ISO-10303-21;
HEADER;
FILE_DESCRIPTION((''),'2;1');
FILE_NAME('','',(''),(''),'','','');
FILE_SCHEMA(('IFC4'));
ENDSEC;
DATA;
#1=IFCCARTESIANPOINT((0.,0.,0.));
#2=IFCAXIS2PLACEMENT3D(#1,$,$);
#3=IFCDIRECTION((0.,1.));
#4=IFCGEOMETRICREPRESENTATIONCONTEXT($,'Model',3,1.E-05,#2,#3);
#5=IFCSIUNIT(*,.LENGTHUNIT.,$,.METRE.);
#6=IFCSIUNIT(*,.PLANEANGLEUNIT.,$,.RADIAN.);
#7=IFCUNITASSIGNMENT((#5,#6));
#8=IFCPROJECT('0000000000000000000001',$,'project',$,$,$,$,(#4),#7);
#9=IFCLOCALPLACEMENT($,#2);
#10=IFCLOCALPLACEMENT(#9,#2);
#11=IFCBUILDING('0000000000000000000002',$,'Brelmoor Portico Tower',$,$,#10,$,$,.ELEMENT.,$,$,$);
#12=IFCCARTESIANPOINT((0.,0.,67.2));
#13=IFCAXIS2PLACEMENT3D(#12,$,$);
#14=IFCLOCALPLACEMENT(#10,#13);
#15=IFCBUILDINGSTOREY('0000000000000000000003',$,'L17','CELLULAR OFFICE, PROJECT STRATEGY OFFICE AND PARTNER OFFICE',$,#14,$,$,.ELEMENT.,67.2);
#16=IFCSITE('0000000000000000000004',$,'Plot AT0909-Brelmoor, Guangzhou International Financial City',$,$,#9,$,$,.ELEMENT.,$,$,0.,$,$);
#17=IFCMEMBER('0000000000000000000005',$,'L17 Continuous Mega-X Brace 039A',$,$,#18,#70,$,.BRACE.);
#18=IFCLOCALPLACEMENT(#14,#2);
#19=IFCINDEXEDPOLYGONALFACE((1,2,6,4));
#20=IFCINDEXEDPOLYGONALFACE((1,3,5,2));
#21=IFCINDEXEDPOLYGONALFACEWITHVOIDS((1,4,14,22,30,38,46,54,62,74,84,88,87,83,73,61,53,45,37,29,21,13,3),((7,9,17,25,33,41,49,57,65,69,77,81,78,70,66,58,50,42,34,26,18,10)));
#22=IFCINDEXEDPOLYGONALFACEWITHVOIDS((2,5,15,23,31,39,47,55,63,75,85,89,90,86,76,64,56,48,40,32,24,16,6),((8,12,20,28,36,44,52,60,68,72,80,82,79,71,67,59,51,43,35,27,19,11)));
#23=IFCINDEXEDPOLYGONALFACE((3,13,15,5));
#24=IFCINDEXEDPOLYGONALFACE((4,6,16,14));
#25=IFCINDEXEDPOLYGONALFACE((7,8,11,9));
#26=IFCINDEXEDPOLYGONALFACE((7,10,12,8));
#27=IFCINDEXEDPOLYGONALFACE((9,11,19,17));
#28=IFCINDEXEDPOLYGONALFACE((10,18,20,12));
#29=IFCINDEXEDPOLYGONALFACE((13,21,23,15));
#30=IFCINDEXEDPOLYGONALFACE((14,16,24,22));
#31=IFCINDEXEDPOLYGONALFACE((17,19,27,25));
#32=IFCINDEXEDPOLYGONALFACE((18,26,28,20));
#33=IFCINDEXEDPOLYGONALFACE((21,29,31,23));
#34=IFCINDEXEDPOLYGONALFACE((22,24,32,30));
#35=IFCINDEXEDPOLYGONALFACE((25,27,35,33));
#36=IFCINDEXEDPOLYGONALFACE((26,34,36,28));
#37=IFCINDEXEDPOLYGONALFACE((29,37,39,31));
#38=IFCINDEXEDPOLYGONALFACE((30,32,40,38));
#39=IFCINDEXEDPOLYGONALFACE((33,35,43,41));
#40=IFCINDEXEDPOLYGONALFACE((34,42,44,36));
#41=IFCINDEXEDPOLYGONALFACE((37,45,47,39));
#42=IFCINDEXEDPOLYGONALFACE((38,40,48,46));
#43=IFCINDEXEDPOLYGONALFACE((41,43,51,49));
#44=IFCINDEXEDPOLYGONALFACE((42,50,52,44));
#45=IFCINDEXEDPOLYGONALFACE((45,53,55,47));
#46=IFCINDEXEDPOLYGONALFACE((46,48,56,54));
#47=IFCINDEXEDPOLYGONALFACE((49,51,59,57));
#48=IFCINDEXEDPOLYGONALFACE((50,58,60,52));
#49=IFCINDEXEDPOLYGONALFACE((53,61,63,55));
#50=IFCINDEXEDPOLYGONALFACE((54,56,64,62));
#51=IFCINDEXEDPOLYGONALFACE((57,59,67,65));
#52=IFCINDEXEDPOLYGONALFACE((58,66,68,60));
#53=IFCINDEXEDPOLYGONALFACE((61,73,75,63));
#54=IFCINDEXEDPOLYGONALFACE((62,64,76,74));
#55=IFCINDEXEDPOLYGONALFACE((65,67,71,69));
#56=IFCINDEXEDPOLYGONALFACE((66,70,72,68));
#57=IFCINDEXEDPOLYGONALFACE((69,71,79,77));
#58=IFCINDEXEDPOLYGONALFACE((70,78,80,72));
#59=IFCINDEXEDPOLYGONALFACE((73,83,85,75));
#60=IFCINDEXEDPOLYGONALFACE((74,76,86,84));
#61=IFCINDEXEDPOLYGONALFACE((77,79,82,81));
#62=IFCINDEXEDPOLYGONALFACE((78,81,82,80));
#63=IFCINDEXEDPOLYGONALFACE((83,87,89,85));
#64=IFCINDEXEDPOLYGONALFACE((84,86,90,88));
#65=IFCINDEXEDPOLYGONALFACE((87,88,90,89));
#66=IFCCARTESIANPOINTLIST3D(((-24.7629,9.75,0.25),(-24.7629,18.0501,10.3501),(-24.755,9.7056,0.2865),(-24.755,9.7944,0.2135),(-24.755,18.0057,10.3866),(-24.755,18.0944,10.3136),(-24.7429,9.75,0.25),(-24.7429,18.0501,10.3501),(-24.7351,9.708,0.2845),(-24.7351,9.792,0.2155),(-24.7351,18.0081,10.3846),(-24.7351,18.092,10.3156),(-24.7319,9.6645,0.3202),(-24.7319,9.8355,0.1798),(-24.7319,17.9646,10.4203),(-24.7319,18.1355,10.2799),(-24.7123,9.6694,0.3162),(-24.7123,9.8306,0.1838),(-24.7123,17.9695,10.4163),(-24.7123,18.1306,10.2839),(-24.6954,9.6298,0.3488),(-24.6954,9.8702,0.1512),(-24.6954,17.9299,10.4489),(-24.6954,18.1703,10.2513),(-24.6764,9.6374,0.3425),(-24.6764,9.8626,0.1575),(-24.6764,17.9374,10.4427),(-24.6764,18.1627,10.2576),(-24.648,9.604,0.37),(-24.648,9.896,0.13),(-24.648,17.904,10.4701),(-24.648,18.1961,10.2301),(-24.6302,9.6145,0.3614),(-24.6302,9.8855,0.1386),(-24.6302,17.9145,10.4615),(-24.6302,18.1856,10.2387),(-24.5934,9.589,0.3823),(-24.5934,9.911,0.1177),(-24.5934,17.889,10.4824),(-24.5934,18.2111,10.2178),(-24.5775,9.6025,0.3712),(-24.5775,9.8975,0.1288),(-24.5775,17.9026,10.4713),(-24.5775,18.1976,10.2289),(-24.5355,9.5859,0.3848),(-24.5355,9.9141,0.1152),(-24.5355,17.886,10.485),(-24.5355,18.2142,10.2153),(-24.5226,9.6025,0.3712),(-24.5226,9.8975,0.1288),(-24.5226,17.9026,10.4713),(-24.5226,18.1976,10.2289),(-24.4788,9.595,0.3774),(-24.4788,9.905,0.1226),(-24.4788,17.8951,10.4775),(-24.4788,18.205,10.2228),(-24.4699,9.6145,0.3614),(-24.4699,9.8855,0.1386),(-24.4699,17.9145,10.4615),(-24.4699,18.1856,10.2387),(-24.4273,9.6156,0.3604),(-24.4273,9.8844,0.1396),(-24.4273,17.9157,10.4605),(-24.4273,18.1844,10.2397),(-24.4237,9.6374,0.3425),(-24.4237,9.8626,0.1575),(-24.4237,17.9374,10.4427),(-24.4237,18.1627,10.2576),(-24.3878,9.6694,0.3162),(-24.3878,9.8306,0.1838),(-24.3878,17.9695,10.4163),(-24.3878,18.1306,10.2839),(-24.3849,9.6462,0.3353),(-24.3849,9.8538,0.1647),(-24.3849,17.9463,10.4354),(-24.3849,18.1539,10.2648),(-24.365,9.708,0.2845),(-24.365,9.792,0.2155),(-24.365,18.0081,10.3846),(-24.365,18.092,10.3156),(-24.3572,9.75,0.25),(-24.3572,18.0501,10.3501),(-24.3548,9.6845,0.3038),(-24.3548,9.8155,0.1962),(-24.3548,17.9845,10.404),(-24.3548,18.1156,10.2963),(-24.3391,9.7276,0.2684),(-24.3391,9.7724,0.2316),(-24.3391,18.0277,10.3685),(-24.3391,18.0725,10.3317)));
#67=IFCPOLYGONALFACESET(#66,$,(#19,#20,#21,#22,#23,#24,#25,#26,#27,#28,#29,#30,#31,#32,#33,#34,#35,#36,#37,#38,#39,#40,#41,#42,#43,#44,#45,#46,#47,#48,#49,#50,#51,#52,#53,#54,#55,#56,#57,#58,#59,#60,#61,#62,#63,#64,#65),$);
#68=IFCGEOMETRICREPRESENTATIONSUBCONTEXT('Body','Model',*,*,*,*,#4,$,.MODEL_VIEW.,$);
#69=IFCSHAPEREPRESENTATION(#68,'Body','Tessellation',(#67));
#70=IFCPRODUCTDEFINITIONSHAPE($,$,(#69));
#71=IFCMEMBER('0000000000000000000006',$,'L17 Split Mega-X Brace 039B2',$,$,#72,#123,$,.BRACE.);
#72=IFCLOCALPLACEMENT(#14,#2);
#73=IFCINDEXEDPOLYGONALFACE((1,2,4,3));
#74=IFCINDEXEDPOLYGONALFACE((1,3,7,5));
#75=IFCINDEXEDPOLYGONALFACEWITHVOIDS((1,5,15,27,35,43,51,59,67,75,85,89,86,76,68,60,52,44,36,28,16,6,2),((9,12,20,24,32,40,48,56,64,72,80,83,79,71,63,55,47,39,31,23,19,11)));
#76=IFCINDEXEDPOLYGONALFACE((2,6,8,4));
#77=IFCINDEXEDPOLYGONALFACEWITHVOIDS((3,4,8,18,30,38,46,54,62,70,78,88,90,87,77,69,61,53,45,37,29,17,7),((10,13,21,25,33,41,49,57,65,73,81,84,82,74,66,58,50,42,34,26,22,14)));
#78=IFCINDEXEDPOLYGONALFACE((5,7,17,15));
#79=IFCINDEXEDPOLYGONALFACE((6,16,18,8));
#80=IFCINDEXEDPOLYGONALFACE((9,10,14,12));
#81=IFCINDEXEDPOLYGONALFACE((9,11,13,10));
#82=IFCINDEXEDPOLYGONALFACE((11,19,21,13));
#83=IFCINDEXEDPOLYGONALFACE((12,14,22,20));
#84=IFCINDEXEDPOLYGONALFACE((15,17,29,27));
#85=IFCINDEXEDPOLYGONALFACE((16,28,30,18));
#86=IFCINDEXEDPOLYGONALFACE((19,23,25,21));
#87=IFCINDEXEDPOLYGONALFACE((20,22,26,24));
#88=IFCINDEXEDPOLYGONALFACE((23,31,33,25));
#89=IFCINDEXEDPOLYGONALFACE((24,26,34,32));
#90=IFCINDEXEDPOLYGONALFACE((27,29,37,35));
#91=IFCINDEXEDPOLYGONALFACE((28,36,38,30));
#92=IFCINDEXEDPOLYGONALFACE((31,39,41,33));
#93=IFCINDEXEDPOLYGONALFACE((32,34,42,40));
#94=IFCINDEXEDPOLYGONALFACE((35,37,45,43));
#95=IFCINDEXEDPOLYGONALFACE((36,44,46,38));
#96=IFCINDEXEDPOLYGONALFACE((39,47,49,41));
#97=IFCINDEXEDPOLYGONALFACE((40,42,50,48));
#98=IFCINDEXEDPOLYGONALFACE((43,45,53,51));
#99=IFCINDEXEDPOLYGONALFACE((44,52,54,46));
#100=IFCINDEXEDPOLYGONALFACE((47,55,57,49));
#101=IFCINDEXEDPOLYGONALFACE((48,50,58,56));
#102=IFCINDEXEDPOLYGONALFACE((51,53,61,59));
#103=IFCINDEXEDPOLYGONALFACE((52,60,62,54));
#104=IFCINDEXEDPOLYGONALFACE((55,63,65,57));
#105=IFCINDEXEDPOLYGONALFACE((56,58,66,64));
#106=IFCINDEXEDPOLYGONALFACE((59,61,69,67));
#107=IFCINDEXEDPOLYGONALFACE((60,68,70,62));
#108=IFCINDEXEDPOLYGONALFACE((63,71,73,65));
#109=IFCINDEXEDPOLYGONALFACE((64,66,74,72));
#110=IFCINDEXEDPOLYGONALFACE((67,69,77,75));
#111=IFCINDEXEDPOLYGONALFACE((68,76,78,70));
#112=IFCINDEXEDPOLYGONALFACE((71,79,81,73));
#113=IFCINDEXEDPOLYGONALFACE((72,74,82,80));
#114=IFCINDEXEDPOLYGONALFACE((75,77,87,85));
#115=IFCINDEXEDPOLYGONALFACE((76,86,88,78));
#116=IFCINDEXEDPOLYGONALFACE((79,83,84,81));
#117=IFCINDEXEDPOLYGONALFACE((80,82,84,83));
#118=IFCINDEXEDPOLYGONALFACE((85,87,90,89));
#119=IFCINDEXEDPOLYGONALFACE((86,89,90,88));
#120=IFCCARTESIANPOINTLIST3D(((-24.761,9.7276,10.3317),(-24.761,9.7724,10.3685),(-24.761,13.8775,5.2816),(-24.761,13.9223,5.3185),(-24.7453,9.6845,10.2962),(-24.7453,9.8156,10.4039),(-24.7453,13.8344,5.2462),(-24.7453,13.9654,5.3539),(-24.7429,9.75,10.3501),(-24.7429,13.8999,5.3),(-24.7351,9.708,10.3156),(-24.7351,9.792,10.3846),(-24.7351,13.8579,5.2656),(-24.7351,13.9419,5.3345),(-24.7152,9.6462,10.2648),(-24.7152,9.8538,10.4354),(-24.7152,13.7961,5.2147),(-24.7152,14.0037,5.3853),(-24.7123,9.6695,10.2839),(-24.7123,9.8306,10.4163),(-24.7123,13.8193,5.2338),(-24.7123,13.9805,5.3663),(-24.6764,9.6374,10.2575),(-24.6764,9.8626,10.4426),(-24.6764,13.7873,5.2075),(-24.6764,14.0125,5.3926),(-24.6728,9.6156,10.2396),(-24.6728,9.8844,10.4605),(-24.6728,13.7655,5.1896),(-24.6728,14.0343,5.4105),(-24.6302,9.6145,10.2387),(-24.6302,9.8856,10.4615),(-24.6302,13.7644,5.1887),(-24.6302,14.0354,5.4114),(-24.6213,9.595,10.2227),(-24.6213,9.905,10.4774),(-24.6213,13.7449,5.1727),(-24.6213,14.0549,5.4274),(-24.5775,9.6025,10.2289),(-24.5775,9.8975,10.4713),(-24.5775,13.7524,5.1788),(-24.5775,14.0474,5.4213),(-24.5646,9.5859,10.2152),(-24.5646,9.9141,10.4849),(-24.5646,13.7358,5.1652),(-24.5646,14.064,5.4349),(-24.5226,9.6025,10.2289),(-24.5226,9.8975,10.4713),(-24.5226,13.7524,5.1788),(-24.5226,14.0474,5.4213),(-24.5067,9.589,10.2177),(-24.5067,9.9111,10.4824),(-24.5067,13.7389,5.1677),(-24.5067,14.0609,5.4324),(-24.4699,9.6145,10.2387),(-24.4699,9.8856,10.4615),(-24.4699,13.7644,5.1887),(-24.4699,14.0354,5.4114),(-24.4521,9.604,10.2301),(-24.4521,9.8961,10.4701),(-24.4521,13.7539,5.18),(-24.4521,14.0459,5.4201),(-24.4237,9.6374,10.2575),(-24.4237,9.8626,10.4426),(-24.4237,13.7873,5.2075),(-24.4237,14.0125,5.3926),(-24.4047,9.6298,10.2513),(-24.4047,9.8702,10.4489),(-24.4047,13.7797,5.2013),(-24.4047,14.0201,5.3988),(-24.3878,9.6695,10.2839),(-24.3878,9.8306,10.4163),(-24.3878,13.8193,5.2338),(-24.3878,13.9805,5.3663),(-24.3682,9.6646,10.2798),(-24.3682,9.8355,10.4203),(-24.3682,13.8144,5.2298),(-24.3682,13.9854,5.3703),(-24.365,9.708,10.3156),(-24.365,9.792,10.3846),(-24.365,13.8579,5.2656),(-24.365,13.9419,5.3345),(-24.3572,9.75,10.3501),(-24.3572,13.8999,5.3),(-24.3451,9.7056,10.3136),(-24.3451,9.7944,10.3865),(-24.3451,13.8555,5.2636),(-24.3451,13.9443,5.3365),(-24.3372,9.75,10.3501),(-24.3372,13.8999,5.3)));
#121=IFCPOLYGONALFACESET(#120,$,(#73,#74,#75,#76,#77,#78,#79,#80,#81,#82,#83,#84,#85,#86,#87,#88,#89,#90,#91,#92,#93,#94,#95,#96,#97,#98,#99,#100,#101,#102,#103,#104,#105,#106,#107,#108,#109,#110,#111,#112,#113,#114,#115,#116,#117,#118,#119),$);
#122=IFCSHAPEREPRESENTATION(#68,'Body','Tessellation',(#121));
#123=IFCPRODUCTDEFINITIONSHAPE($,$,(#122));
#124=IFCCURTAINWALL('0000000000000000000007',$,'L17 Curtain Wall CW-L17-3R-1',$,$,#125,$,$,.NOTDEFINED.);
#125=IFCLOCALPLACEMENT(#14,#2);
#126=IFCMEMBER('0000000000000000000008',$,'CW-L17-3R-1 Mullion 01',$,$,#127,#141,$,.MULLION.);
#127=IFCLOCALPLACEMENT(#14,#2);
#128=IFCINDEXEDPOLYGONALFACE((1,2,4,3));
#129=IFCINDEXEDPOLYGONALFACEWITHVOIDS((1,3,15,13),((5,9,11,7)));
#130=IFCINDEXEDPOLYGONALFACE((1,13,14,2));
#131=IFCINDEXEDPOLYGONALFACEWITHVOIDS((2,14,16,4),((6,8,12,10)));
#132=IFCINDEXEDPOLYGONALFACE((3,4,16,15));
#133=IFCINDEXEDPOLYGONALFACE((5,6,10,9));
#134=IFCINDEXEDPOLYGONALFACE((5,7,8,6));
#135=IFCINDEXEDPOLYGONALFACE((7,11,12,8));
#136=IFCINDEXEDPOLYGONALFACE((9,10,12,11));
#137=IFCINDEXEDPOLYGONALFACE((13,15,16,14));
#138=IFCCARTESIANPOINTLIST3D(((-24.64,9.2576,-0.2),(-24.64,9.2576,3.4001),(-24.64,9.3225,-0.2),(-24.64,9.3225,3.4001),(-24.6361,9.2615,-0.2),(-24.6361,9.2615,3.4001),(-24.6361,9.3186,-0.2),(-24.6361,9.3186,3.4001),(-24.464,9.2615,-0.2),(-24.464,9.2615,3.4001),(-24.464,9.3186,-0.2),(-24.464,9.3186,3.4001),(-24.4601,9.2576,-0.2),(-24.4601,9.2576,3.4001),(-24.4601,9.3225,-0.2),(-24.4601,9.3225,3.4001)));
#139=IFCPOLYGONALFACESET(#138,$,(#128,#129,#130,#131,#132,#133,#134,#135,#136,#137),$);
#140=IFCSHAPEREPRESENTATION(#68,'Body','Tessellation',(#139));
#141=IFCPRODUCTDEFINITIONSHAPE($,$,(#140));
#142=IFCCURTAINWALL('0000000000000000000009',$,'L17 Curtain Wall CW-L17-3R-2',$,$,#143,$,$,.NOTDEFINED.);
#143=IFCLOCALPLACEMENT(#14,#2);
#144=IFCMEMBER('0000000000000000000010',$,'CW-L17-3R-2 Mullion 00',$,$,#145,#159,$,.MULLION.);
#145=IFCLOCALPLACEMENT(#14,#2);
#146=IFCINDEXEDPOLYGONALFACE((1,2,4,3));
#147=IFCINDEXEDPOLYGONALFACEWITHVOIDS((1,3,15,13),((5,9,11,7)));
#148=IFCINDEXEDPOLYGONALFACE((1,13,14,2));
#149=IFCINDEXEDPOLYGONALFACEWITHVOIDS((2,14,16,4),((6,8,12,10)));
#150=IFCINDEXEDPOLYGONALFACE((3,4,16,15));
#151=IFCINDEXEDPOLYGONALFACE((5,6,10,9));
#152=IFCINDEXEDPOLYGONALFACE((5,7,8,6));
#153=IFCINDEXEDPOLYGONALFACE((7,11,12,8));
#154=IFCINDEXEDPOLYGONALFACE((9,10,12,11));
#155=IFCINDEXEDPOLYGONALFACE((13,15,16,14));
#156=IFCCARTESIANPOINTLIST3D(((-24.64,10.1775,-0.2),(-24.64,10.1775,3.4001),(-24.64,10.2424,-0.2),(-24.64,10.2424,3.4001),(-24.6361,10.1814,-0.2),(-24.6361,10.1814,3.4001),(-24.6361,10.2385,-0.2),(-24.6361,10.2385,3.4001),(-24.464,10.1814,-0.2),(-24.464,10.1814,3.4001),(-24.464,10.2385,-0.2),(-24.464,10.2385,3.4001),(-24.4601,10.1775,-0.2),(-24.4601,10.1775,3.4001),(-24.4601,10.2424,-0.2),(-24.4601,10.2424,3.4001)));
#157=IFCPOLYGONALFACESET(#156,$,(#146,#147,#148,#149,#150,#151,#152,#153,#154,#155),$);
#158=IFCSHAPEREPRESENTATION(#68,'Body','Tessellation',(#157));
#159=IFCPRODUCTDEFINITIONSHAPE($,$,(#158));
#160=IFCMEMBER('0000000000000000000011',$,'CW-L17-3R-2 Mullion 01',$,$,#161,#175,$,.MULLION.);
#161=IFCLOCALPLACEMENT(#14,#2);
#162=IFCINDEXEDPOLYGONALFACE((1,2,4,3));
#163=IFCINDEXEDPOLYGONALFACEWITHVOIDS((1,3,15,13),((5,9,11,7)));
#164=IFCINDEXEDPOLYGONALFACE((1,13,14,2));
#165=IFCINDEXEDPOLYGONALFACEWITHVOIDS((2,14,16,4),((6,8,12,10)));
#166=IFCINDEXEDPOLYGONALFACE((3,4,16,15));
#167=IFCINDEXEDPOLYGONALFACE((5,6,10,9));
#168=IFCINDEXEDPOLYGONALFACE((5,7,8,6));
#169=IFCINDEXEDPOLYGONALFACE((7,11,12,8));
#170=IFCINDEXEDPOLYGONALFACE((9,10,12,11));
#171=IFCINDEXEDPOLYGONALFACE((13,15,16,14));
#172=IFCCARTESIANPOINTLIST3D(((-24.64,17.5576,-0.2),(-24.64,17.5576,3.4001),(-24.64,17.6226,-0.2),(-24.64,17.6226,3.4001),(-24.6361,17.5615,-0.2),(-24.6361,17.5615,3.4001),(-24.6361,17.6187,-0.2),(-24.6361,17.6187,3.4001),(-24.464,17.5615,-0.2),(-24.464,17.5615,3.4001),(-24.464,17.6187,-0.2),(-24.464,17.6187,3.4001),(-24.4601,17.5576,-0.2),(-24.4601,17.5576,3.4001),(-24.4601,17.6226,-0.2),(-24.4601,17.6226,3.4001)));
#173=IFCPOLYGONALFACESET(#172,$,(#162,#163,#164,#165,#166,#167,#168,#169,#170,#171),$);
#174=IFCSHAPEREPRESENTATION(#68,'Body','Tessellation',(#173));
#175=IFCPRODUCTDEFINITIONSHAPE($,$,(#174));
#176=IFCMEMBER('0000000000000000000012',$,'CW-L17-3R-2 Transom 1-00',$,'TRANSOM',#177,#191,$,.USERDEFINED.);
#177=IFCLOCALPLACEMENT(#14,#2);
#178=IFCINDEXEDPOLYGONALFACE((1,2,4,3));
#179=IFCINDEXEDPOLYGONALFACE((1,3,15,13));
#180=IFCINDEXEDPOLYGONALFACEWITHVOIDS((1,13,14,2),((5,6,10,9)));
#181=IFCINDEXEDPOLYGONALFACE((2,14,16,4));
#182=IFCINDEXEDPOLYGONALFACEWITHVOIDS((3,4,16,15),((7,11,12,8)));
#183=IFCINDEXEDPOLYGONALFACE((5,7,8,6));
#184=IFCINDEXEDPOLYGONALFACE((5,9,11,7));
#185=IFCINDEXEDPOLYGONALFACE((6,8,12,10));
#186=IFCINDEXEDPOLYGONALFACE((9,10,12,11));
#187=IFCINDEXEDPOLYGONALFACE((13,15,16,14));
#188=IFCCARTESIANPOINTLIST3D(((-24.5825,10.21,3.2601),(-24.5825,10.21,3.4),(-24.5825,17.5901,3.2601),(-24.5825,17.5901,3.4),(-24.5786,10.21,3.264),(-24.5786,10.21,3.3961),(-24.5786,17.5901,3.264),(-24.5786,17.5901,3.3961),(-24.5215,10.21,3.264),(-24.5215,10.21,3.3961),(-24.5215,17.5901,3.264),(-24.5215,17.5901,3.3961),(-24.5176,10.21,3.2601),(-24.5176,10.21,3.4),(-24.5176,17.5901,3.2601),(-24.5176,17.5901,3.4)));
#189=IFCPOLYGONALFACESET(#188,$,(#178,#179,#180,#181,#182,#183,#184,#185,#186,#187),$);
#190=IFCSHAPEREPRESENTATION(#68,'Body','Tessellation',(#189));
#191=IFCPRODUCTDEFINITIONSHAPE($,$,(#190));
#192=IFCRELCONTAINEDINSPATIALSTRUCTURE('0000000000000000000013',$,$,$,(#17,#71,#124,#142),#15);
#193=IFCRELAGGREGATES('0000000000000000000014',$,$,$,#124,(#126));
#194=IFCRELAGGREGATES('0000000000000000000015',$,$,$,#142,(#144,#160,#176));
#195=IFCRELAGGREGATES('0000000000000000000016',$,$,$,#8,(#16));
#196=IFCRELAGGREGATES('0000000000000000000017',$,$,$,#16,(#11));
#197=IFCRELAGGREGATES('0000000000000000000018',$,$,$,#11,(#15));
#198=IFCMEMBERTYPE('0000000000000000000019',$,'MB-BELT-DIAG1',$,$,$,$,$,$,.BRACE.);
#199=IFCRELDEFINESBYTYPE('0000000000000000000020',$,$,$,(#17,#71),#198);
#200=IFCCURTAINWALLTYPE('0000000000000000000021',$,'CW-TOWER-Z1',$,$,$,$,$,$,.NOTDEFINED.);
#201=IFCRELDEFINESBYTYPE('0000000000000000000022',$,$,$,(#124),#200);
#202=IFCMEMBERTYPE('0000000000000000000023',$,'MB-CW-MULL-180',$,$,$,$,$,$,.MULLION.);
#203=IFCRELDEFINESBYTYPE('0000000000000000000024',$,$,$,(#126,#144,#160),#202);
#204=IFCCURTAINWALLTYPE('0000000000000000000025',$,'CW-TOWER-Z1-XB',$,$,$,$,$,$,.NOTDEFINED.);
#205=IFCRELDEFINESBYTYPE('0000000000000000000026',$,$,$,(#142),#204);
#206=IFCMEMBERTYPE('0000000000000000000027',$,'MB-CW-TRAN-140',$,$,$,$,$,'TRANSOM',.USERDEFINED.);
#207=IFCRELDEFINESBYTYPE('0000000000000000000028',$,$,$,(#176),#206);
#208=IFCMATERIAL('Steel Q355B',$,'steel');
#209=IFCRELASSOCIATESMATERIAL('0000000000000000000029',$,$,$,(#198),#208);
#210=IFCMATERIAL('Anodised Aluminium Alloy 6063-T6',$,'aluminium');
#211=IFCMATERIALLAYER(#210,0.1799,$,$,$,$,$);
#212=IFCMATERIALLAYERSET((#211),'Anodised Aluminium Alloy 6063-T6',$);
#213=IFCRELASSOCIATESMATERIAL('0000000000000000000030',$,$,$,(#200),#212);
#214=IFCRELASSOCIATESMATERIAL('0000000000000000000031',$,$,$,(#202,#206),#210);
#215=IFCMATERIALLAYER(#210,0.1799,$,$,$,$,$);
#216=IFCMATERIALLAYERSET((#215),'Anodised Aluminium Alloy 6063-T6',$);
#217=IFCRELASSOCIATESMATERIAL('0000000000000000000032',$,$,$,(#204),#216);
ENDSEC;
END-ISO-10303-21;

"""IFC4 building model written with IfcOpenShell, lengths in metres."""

from ifc_helpers import new_model, si_unit, direction, frame, origin, origin_2d, place, context, subcontext, project, spatial, hollow_rectangle, hollow_circle, extrude, material, layer, layer_set, material_profile, profile_set, type_object, element, aggregate, save


model = new_model("IFC4")

# Units and contexts
model_context = context("Model", 3, precision=1e-05, world=origin(), true_north=direction((0.0, 1.0)))
body_context = subcontext(model_context, "Body", "Model", "MODEL_VIEW")
ifc_project = project(units=[si_unit("LENGTHUNIT", "METRE"), si_unit("PLANEANGLEUNIT", "RADIAN")], contexts=[model_context])

# Site, building, storey
site_placement = place(None, origin())
site = spatial("IfcSite", under=ifc_project, at=site_placement, Name="Plot AT0909-Brelmoor, Guangzhou International Financial City", CompositionType="ELEMENT", RefElevation=0.0)
building_placement = place(site_placement, origin())
building = spatial("IfcBuilding", under=site, at=building_placement, Name="Brelmoor Portico Tower", CompositionType="ELEMENT")
storey_placement = place(building_placement, frame((0.0, 0.0, 67.2)))
storey = spatial("IfcBuildingStorey", under=building, at=storey_placement, Name="L17", Description="CELLULAR OFFICE, PROJECT STRATEGY OFFICE AND PARTNER OFFICE", CompositionType="ELEMENT", Elevation=67.2)

# Shared definitions
ifc_material_1 = material(Name="Steel Q355B", Category="steel")

# Members
ifc_material_profile_1 = material_profile(ifc_material_1, hollow_circle(Radius=0.2129, WallThickness=0.02, at=origin_2d()), Name="CHS 426x20")
ifc_profile_set_1 = profile_set([ifc_material_profile_1], Name="Steel Q355B")
member_type_1 = type_object("IfcMemberType", Name="MB-BELT-DIAG1", PredefinedType="BRACE", material=ifc_profile_set_1)
member_1_placement = place(storey_placement, frame((-24.55, 9.75, 0.25), z_axis=(0.0, 0.634901, 0.772593), x_axis=(-1.0, 0.0, 0.0)))
element("IfcMember", 1, at=member_1_placement, inside=storey, type_object=member_type_1, Name="L17 Continuous Mega-X Brace 039A", PredefinedType="BRACE", context=body_context, shape_type="SweptSolid", body=[
    extrude(hollow_circle(Radius=0.2129, WallThickness=0.02, at=origin_2d()), origin(), (0.0, 0.0, 1.0), 13.073),
])
member_2_placement = place(storey_placement, frame((-24.55, 13.8999, 5.3), z_axis=(0.0, -0.63489, 0.772603), x_axis=(1.0, 0.0, 0.0)))
element("IfcMember", 2, at=member_2_placement, inside=storey, type_object=member_type_1, Name="L17 Split Mega-X Brace 039B2", PredefinedType="BRACE", context=body_context, shape_type="SweptSolid", body=[
    extrude(hollow_circle(Radius=0.2129, WallThickness=0.02, at=origin_2d()), origin(), (0.0, 0.0, 1.0), 6.5364),
])

# Curtain wall, member
ifc_material_2 = material(Name="Anodised Aluminium Alloy 6063-T6", Category="aluminium")
ifc_layer_1 = layer(ifc_material_2, 0.1799)
ifc_layer_set_1 = layer_set([ifc_layer_1], Name="Anodised Aluminium Alloy 6063-T6")
curtain_wall_type_1 = type_object("IfcCurtainWallType", Name="CW-TOWER-Z1", PredefinedType="NOTDEFINED", material=ifc_layer_set_1)
curtain_wall_1_placement = place(storey_placement, origin())
curtain_wall_1 = element("IfcCurtainWall", 3, at=curtain_wall_1_placement, inside=storey, type_object=curtain_wall_type_1, Name="L17 Curtain Wall CW-L17-3R-1", PredefinedType="NOTDEFINED")
ifc_material_profile_2 = material_profile(ifc_material_2, hollow_rectangle(XDim=0.0649, YDim=0.1799, WallThickness=0.0039, at=origin_2d()), Name="ALU MULLION 65x180")
ifc_profile_set_2 = profile_set([ifc_material_profile_2], Name="Anodised Aluminium Alloy 6063-T6")
member_type_2 = type_object("IfcMemberType", Name="MB-CW-MULL-180", PredefinedType="MULLION", material=ifc_profile_set_2)
member_3_placement = place(storey_placement, frame((-24.55, 9.29, -0.2), z_axis=(0.0, 0.0, 1.0), x_axis=(0.0, 1.0, 0.0)))
member_3 = element("IfcMember", 4, at=member_3_placement, type_object=member_type_2, Name="CW-L17-3R-1 Mullion 01", PredefinedType="MULLION", context=body_context, shape_type="SweptSolid", body=[
    extrude(hollow_rectangle(XDim=0.0649, YDim=0.1799, WallThickness=0.0039, at=origin_2d()), origin(), (0.0, 0.0, 1.0), 3.6001),
])

# Curtain wall, members
ifc_layer_2 = layer(ifc_material_2, 0.1799)
ifc_layer_set_2 = layer_set([ifc_layer_2], Name="Anodised Aluminium Alloy 6063-T6")
curtain_wall_type_2 = type_object("IfcCurtainWallType", Name="CW-TOWER-Z1-XB", PredefinedType="NOTDEFINED", material=ifc_layer_set_2)
curtain_wall_2_placement = place(storey_placement, origin())
curtain_wall_2 = element("IfcCurtainWall", 5, at=curtain_wall_2_placement, inside=storey, type_object=curtain_wall_type_2, Name="L17 Curtain Wall CW-L17-3R-2", PredefinedType="NOTDEFINED")
member_4_placement = place(storey_placement, frame((-24.55, 10.21, -0.2), z_axis=(0.0, 0.0, 1.0), x_axis=(0.0, 1.0, 0.0)))
member_4 = element("IfcMember", 6, at=member_4_placement, type_object=member_type_2, Name="CW-L17-3R-2 Mullion 00", PredefinedType="MULLION", context=body_context, shape_type="SweptSolid", body=[
    extrude(hollow_rectangle(XDim=0.0649, YDim=0.1799, WallThickness=0.0039, at=origin_2d()), origin(), (0.0, 0.0, 1.0), 3.6001),
])
member_5_placement = place(storey_placement, frame((-24.55, 17.5901, -0.2), z_axis=(0.0, 0.0, 1.0), x_axis=(0.0, 1.0, 0.0)))
member_5 = element("IfcMember", 7, at=member_5_placement, type_object=member_type_2, Name="CW-L17-3R-2 Mullion 01", PredefinedType="MULLION", context=body_context, shape_type="SweptSolid", body=[
    extrude(hollow_rectangle(XDim=0.0649, YDim=0.1799, WallThickness=0.0039, at=origin_2d()), origin(), (0.0, 0.0, 1.0), 3.6001),
])
ifc_material_profile_3 = material_profile(ifc_material_2, hollow_rectangle(XDim=0.0649, YDim=0.1399, WallThickness=0.0039, at=origin_2d()), Name="ALU TRANSOM 65x140")
ifc_profile_set_3 = profile_set([ifc_material_profile_3], Name="Anodised Aluminium Alloy 6063-T6")
member_type_3 = type_object("IfcMemberType", Name="MB-CW-TRAN-140", ElementType="TRANSOM", PredefinedType="USERDEFINED", material=ifc_profile_set_3)
member_6_placement = place(storey_placement, frame((-24.55, 10.21, 3.3301), z_axis=(0.0, 1.0, 0.0), x_axis=(-1.0, 0.0, 0.0)))
member_6 = element("IfcMember", 8, at=member_6_placement, type_object=member_type_3, Name="CW-L17-3R-2 Transom 1-00", ObjectType="TRANSOM", PredefinedType="USERDEFINED", context=body_context, shape_type="SweptSolid", body=[
    extrude(hollow_rectangle(XDim=0.0649, YDim=0.1399, WallThickness=0.0039, at=origin_2d()), origin(), (0.0, 0.0, 1.0), 7.3801),
])

aggregate(curtain_wall_1, [member_3])
aggregate(curtain_wall_2, [member_4, member_5, member_6])

save(model, "model.ifc")
